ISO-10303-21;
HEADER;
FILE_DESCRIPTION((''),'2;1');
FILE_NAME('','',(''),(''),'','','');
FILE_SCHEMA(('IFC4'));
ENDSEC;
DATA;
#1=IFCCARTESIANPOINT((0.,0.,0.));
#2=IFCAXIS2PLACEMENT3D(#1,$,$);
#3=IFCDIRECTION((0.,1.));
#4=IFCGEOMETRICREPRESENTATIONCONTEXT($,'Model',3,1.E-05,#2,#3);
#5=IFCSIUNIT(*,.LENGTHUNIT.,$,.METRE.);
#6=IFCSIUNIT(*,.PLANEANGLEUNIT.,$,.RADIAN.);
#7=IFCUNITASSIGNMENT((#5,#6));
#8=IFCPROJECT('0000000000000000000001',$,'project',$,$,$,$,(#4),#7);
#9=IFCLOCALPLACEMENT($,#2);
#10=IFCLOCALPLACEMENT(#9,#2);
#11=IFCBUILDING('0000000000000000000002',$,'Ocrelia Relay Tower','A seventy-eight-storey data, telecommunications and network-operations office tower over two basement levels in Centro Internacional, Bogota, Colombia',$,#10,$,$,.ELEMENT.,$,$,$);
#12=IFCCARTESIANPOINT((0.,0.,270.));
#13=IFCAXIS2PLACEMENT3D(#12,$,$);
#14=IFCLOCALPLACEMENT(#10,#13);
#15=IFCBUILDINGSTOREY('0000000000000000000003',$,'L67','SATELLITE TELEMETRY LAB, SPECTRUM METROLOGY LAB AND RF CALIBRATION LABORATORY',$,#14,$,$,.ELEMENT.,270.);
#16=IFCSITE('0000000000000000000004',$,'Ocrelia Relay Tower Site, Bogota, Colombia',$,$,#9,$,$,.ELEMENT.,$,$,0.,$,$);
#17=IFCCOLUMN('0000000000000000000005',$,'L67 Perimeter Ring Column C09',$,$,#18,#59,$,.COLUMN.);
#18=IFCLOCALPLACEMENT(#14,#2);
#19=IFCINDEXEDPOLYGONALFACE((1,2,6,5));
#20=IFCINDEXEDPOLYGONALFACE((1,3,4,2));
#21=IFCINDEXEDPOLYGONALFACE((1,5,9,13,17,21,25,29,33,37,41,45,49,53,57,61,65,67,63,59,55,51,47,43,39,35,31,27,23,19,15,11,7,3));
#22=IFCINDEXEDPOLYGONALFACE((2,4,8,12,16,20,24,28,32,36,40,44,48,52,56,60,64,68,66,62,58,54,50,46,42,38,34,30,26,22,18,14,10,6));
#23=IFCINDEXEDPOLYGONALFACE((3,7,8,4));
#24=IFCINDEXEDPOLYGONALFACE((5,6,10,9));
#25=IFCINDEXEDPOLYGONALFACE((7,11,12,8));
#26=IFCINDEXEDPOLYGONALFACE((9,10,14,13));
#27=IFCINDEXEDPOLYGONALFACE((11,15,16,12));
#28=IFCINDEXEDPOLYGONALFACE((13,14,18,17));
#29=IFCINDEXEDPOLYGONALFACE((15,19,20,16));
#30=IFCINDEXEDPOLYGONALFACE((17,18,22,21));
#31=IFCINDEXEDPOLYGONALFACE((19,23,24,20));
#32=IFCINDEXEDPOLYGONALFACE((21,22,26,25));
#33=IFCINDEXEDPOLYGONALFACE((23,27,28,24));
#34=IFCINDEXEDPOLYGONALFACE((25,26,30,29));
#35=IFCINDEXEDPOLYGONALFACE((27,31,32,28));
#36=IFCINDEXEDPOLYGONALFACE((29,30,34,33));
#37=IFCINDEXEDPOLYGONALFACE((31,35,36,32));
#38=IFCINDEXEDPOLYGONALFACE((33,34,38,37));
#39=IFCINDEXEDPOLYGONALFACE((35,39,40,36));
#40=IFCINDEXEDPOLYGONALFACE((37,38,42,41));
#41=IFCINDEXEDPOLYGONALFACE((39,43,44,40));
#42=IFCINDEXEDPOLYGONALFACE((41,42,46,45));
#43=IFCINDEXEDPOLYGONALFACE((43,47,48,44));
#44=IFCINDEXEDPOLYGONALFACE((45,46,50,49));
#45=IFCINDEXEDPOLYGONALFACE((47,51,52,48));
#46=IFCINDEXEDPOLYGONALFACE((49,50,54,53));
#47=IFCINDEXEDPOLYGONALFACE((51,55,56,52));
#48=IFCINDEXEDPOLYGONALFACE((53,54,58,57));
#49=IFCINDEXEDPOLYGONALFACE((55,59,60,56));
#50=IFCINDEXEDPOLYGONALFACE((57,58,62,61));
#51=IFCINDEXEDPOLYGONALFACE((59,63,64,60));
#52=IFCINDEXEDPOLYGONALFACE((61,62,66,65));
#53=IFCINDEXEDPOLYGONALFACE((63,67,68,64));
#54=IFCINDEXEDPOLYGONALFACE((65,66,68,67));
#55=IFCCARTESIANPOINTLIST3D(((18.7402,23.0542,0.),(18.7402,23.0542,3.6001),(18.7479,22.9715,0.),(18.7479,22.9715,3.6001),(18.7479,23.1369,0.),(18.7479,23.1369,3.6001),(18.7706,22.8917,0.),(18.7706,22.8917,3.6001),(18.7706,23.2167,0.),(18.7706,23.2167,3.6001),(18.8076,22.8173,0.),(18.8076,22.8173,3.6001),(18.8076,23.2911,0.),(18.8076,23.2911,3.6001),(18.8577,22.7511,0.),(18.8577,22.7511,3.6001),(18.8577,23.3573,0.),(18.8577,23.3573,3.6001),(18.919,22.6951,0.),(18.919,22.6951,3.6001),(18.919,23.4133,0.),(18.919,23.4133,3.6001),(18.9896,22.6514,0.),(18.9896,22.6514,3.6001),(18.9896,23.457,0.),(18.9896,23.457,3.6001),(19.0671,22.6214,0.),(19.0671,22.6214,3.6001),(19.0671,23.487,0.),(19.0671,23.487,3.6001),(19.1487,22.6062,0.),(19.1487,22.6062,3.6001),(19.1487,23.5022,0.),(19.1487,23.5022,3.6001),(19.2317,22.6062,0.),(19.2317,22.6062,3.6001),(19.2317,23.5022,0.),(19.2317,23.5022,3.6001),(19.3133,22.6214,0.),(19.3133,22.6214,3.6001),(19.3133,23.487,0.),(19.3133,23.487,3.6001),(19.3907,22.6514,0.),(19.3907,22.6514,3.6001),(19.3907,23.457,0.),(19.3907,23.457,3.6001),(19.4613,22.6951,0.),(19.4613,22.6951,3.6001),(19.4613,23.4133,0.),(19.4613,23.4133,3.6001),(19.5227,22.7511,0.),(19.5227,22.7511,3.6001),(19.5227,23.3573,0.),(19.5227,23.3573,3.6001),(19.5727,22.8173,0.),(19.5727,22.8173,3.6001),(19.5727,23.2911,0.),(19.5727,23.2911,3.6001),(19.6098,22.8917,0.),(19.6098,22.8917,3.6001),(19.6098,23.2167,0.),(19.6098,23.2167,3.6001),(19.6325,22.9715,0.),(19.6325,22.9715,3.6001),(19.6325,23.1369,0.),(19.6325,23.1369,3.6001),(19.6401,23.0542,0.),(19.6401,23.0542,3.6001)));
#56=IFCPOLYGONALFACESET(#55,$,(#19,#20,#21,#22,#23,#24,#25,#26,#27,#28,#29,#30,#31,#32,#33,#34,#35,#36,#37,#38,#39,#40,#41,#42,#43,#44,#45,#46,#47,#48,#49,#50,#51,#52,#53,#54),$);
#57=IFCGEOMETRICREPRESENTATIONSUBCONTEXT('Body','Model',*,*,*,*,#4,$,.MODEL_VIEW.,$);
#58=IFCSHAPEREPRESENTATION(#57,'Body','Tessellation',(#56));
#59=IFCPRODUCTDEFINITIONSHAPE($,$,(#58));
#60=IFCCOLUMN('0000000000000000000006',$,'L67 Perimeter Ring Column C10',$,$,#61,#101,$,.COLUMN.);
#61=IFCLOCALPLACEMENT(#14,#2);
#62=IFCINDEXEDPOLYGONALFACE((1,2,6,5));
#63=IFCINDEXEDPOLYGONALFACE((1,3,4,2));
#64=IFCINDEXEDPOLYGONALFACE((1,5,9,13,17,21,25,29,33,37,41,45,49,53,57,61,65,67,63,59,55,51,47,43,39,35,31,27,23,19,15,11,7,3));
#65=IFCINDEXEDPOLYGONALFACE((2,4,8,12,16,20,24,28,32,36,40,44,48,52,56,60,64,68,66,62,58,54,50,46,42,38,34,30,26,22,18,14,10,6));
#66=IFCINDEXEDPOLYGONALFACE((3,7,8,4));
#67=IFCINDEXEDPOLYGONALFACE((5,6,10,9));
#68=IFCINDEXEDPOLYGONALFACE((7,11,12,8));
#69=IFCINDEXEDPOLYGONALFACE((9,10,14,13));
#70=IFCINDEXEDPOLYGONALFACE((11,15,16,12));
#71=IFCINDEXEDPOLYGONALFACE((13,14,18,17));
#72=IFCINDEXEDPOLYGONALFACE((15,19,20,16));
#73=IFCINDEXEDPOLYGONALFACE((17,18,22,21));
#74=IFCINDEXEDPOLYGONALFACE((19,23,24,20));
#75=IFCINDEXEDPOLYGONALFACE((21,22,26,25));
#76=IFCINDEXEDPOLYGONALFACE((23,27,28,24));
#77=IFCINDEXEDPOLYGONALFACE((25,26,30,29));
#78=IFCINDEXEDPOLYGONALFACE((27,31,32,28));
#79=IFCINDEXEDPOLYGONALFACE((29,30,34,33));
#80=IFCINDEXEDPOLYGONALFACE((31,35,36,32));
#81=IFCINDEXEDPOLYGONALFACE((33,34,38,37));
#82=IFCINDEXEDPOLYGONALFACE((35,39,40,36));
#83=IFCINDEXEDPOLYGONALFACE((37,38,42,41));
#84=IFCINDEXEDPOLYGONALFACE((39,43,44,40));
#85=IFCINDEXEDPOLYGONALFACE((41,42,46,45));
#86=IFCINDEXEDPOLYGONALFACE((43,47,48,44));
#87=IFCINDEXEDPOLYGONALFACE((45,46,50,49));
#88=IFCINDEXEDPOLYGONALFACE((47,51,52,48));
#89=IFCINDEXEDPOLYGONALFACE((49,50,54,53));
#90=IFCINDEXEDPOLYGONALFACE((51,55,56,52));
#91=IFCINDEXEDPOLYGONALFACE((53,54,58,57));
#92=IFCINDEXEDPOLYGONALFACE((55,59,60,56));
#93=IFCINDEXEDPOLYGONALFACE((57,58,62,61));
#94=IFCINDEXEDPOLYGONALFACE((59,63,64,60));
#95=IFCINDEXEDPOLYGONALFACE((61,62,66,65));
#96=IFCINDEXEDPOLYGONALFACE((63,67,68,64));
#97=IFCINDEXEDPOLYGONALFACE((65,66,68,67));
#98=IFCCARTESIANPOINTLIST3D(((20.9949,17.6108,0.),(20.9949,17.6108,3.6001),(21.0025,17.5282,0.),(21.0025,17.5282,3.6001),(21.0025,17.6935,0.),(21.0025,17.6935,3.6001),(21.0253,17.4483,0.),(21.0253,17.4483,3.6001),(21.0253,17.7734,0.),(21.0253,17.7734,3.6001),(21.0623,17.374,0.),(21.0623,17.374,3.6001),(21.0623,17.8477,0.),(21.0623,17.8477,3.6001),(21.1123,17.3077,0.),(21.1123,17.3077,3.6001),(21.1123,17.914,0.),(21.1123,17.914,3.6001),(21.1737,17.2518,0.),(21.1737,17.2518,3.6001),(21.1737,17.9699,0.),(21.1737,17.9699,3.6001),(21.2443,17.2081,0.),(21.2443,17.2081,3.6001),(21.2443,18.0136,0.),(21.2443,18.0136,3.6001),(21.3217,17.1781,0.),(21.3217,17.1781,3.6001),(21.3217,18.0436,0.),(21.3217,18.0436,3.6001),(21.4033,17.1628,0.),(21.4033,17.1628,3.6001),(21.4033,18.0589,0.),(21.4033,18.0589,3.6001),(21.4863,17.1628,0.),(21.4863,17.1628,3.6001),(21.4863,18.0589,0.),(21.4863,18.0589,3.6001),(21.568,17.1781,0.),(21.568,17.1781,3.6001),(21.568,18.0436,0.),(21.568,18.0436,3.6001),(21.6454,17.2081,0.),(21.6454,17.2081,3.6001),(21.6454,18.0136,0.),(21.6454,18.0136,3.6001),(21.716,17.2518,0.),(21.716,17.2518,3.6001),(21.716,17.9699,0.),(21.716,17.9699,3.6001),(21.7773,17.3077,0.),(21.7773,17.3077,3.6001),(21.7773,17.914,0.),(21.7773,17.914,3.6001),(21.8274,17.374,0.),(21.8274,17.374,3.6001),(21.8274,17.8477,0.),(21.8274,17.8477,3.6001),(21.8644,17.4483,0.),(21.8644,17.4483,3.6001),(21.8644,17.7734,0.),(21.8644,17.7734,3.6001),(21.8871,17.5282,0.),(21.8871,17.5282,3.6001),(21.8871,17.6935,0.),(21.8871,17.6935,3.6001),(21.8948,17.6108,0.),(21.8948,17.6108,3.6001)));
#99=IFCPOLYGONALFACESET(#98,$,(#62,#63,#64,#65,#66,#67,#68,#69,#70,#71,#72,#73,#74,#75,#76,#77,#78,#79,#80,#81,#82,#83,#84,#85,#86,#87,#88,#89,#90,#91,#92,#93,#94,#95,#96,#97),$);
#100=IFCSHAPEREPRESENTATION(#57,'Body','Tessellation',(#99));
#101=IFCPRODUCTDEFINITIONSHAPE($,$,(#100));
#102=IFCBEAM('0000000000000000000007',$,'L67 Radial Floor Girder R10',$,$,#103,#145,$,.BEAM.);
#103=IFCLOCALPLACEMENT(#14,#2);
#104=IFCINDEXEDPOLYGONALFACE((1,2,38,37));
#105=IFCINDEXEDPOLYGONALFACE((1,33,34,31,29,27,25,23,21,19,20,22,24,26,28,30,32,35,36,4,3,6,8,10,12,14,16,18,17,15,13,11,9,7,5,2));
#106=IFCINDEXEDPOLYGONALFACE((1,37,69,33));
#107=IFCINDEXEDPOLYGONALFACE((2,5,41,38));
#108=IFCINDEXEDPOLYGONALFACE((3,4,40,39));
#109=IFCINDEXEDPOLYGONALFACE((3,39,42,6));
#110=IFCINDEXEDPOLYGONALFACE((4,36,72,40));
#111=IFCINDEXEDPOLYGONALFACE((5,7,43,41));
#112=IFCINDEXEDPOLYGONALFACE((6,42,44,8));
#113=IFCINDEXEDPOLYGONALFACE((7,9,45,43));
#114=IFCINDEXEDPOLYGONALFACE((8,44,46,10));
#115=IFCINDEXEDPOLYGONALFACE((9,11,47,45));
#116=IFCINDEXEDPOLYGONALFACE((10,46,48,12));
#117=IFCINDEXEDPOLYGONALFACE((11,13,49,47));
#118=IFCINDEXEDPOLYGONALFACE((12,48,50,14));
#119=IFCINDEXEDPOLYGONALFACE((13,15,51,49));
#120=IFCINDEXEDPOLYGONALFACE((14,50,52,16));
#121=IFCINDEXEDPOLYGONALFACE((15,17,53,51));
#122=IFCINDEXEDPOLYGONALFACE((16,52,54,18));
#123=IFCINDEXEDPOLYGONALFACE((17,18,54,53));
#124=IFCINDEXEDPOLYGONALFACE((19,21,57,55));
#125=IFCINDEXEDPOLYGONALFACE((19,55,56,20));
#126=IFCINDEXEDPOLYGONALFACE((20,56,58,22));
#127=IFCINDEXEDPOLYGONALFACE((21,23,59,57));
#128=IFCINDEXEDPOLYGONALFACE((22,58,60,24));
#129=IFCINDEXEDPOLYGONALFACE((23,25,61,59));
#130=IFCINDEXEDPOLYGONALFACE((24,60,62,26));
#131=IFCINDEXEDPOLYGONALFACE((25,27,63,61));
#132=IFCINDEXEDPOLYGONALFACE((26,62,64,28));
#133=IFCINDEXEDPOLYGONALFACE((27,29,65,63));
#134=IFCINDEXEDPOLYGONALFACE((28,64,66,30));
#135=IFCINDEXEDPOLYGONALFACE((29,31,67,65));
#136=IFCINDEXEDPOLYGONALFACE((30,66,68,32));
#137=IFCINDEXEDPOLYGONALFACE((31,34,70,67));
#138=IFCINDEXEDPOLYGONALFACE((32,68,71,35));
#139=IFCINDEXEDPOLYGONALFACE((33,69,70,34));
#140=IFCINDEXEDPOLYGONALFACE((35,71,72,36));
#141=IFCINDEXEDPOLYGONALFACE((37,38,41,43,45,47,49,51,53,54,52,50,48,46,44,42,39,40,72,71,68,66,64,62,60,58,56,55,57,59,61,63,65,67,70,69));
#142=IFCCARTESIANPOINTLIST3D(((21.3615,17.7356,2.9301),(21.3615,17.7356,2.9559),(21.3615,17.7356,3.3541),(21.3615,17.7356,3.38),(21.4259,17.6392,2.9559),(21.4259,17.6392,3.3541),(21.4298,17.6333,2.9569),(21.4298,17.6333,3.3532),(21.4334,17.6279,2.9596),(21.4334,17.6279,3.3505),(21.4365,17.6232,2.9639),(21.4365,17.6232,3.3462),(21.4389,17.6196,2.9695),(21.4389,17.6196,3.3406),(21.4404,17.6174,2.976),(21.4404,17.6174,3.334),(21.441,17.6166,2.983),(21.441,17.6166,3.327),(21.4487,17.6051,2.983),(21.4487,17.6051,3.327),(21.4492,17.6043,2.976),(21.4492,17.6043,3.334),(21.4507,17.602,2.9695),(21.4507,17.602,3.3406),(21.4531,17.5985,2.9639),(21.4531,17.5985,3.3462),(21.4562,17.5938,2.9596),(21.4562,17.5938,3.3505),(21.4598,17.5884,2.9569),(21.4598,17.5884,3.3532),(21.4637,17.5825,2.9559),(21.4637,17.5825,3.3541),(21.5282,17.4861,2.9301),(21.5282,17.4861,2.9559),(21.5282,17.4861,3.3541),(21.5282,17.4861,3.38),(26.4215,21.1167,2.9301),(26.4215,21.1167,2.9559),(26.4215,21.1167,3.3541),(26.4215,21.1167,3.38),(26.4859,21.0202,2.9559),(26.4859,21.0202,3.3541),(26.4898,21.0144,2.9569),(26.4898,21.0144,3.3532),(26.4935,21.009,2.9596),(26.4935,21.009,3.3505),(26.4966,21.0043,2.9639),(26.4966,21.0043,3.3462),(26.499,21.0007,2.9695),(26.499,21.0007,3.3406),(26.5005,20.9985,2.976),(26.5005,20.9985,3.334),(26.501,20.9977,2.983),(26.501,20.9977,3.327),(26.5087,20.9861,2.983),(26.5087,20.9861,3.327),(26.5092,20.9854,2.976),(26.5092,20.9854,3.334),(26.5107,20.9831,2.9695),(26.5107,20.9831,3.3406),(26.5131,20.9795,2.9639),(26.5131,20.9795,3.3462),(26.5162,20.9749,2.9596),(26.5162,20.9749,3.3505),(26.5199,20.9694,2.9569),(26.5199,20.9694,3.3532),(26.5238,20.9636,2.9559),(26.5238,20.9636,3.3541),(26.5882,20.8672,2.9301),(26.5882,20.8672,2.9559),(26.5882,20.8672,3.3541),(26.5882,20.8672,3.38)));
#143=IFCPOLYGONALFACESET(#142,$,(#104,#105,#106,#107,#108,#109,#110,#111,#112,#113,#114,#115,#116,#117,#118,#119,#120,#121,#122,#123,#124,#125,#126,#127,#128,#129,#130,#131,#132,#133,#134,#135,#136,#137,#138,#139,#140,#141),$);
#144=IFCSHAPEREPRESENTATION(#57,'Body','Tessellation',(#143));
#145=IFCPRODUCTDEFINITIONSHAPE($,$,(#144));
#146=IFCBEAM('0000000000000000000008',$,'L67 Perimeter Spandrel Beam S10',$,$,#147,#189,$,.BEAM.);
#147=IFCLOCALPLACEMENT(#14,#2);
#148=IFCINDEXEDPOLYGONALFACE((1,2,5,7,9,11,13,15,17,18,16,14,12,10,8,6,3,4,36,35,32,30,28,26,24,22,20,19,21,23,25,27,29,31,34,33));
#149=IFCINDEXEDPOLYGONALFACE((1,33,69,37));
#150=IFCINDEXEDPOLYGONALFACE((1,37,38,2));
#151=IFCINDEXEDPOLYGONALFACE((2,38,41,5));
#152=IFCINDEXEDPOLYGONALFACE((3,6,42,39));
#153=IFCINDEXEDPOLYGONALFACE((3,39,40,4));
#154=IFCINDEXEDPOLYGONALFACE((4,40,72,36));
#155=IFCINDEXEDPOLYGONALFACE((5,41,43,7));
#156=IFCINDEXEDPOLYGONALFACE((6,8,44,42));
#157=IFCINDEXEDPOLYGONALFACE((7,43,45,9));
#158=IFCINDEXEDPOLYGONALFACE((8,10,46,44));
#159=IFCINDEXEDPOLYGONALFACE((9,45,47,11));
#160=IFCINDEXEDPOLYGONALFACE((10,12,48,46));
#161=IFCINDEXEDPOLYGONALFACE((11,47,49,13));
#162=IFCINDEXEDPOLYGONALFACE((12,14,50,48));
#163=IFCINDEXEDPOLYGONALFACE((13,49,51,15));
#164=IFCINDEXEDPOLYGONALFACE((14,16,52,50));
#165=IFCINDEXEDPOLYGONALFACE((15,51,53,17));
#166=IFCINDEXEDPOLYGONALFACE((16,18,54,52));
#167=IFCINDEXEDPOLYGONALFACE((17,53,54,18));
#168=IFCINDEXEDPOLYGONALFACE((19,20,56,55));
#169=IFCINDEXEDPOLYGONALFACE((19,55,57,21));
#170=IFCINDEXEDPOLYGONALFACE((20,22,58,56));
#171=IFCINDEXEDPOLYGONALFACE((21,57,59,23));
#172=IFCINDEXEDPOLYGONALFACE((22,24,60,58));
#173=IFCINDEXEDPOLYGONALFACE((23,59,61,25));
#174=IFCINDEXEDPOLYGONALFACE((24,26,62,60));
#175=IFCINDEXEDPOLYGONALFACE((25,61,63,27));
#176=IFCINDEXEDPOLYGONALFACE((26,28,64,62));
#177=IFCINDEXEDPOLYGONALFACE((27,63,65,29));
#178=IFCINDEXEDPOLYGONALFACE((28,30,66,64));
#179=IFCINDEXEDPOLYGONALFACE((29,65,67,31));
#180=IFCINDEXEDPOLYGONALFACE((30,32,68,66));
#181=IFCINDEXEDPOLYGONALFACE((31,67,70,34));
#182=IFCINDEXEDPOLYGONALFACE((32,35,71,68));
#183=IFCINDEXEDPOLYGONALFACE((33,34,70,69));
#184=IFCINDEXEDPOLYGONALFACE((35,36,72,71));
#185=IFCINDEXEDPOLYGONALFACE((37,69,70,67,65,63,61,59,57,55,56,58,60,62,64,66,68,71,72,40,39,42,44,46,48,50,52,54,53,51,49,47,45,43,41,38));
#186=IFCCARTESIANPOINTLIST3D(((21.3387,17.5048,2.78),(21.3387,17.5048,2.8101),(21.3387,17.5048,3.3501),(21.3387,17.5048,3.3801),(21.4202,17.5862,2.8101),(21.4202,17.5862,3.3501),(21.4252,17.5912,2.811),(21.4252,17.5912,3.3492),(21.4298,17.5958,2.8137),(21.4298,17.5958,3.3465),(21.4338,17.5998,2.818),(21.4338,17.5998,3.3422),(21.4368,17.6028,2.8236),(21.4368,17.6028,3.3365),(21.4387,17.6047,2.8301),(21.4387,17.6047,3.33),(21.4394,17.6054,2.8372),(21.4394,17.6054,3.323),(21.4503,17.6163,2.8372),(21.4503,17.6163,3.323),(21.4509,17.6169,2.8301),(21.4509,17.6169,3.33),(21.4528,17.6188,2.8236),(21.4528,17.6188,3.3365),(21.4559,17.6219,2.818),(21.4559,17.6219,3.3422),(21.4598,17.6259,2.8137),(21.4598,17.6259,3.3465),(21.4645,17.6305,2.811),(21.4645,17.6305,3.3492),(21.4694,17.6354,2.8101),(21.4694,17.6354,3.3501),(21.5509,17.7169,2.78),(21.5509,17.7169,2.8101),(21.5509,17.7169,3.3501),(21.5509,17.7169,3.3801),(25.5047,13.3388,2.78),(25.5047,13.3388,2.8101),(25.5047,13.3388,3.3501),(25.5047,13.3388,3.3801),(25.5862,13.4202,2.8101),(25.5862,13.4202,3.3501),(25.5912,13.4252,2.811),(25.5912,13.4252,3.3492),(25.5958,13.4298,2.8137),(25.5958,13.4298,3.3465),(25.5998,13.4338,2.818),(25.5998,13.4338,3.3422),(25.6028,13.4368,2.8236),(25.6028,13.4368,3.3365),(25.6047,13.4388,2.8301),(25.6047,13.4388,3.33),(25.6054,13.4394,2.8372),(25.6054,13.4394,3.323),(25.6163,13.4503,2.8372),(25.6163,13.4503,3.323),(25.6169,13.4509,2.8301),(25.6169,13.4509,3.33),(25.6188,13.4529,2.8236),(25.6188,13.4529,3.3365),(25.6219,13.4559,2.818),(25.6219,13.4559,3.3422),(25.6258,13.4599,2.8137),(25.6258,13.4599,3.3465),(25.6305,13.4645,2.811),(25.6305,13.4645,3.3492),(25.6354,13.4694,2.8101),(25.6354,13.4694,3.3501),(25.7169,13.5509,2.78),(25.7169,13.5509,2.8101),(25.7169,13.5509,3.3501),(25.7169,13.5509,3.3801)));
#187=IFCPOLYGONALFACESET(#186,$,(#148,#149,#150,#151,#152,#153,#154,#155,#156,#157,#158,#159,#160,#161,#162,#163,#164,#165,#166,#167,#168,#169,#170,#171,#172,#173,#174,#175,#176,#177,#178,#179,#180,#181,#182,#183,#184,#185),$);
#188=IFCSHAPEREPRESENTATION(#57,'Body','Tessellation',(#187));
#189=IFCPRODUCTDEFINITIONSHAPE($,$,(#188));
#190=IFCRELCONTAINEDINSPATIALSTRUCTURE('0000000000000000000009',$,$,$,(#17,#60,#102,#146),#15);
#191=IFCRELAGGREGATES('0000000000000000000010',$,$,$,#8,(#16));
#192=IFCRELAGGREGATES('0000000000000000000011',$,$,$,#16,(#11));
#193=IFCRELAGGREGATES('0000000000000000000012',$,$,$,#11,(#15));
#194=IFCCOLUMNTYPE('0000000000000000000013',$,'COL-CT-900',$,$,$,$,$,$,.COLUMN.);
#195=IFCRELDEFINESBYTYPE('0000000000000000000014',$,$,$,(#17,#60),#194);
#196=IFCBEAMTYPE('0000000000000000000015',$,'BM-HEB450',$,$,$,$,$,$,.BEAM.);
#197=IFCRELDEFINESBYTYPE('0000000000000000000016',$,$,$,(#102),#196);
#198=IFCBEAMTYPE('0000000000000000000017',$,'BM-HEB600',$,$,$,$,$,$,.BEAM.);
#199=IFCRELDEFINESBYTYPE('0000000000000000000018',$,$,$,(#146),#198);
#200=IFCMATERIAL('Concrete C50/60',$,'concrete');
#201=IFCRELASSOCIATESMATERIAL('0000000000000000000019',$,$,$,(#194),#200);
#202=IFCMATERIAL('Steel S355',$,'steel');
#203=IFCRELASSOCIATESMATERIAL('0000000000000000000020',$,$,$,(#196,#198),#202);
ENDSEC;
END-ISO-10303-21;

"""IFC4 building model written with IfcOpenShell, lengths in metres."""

from ifc_helpers import new_model, si_unit, direction, frame, origin, origin_2d, place, context, subcontext, project, spatial, circle, i_section, extrude, material, material_profile, profile_set, type_object, element, save


model = new_model("IFC4")

# Units and contexts
model_context = context("Model", 3, precision=1e-05, world=origin(), true_north=direction((0.0, 1.0)))
body_context = subcontext(model_context, "Body", "Model", "MODEL_VIEW")
ifc_project = project(units=[si_unit("LENGTHUNIT", "METRE"), si_unit("PLANEANGLEUNIT", "RADIAN")], contexts=[model_context])

# Site, building, storey
site_placement = place(None, origin())
site = spatial("IfcSite", under=ifc_project, at=site_placement, Name="Ocrelia Relay Tower Site, Bogota, Colombia", CompositionType="ELEMENT", RefElevation=0.0)
building_placement = place(site_placement, origin())
building = spatial("IfcBuilding", under=site, at=building_placement, Name="Ocrelia Relay Tower", Description="A seventy-eight-storey data, telecommunications and network-operations office tower over two basement levels in Centro Internacional, Bogota, Colombia", CompositionType="ELEMENT")
storey_placement = place(building_placement, frame((0.0, 0.0, 270.0)))
storey = spatial("IfcBuildingStorey", under=building, at=storey_placement, Name="L67", Description="SATELLITE TELEMETRY LAB, SPECTRUM METROLOGY LAB AND RF CALIBRATION LABORATORY", CompositionType="ELEMENT", Elevation=270.0)

# Columns
ifc_material_1 = material(Name="Concrete C50/60", Category="concrete")
ifc_material_profile_1 = material_profile(ifc_material_1, circle(Radius=0.45, at=origin_2d()), Name="RC-CIR-900")
ifc_profile_set_1 = profile_set([ifc_material_profile_1], Name="Concrete C50/60")
column_type = type_object("IfcColumnType", Name="COL-CT-900", PredefinedType="COLUMN", material=ifc_profile_set_1)
for number, where, z_axis, x_axis, name in (
    (1, (19.1902, 23.0542, 0.0), (0.0, 0.0, 1.0), (1.0, 0.0, 0.0), "L67 Perimeter Ring Column C09"),
    (2, (21.4448, 17.6108, 0.0), (0.0, 0.0, 1.0), (1.0, 0.0, 0.0), "L67 Perimeter Ring Column C10"),
):
    element("IfcColumn", number, at=place(storey_placement, frame(where, z_axis=z_axis, x_axis=x_axis)), inside=storey, type_object=column_type, Name=name, PredefinedType="COLUMN", context=body_context, shape_type="SweptSolid", body=[
        extrude(circle(Radius=0.45, at=origin_2d()), origin(), (0.0, 0.0, 1.0), 3.6001),
    ])

# Beams
ifc_material_2 = material(Name="Steel S355", Category="steel")
ifc_material_profile_2 = material_profile(ifc_material_2, i_section(OverallWidth=0.3, OverallDepth=0.45, WebThickness=0.0139, FlangeThickness=0.0259, FilletRadius=0.0271, at=origin_2d()), Name="HEB 450")
ifc_profile_set_2 = profile_set([ifc_material_profile_2], Name="Steel S355")
beam_type_1 = type_object("IfcBeamType", Name="BM-HEB450", PredefinedType="BEAM", material=ifc_profile_set_2)
beam_1_placement = place(storey_placement, frame((21.4448, 17.6108, 3.155), z_axis=(0.831464, 0.555579, 0.0), x_axis=(-0.555579, 0.831464, 0.0)))
element("IfcBeam", 3, at=beam_1_placement, inside=storey, type_object=beam_type_1, Name="L67 Radial Floor Girder R10", PredefinedType="BEAM", context=body_context, shape_type="SweptSolid", body=[
    extrude(i_section(OverallWidth=0.3, OverallDepth=0.45, WebThickness=0.0139, FlangeThickness=0.0259, FilletRadius=0.0271, at=origin_2d()), origin(), (0.0, 0.0, 1.0), 6.0857),
])
ifc_material_profile_3 = material_profile(ifc_material_2, i_section(OverallWidth=0.3, OverallDepth=0.6001, WebThickness=0.0154, FlangeThickness=0.03, FilletRadius=0.0271, at=origin_2d()), Name="HEB 600")
ifc_profile_set_3 = profile_set([ifc_material_profile_3], Name="Steel S355")
beam_type_2 = type_object("IfcBeamType", Name="BM-HEB600", PredefinedType="BEAM", material=ifc_profile_set_3)
beam_2_placement = place(storey_placement, frame((21.4448, 17.6108, 3.0801), z_axis=(0.707107, -0.707107, 0.0), x_axis=(0.707107, 0.707107, 0.0)))
element("IfcBeam", 4, at=beam_2_placement, inside=storey, type_object=beam_type_2, Name="L67 Perimeter Spandrel Beam S10", PredefinedType="BEAM", context=body_context, shape_type="SweptSolid", body=[
    extrude(i_section(OverallWidth=0.3, OverallDepth=0.6001, WebThickness=0.0154, FlangeThickness=0.03, FilletRadius=0.0271, at=origin_2d()), origin(), (0.0, 0.0, 1.0), 5.8916),
])

save(model, "model.ifc")
